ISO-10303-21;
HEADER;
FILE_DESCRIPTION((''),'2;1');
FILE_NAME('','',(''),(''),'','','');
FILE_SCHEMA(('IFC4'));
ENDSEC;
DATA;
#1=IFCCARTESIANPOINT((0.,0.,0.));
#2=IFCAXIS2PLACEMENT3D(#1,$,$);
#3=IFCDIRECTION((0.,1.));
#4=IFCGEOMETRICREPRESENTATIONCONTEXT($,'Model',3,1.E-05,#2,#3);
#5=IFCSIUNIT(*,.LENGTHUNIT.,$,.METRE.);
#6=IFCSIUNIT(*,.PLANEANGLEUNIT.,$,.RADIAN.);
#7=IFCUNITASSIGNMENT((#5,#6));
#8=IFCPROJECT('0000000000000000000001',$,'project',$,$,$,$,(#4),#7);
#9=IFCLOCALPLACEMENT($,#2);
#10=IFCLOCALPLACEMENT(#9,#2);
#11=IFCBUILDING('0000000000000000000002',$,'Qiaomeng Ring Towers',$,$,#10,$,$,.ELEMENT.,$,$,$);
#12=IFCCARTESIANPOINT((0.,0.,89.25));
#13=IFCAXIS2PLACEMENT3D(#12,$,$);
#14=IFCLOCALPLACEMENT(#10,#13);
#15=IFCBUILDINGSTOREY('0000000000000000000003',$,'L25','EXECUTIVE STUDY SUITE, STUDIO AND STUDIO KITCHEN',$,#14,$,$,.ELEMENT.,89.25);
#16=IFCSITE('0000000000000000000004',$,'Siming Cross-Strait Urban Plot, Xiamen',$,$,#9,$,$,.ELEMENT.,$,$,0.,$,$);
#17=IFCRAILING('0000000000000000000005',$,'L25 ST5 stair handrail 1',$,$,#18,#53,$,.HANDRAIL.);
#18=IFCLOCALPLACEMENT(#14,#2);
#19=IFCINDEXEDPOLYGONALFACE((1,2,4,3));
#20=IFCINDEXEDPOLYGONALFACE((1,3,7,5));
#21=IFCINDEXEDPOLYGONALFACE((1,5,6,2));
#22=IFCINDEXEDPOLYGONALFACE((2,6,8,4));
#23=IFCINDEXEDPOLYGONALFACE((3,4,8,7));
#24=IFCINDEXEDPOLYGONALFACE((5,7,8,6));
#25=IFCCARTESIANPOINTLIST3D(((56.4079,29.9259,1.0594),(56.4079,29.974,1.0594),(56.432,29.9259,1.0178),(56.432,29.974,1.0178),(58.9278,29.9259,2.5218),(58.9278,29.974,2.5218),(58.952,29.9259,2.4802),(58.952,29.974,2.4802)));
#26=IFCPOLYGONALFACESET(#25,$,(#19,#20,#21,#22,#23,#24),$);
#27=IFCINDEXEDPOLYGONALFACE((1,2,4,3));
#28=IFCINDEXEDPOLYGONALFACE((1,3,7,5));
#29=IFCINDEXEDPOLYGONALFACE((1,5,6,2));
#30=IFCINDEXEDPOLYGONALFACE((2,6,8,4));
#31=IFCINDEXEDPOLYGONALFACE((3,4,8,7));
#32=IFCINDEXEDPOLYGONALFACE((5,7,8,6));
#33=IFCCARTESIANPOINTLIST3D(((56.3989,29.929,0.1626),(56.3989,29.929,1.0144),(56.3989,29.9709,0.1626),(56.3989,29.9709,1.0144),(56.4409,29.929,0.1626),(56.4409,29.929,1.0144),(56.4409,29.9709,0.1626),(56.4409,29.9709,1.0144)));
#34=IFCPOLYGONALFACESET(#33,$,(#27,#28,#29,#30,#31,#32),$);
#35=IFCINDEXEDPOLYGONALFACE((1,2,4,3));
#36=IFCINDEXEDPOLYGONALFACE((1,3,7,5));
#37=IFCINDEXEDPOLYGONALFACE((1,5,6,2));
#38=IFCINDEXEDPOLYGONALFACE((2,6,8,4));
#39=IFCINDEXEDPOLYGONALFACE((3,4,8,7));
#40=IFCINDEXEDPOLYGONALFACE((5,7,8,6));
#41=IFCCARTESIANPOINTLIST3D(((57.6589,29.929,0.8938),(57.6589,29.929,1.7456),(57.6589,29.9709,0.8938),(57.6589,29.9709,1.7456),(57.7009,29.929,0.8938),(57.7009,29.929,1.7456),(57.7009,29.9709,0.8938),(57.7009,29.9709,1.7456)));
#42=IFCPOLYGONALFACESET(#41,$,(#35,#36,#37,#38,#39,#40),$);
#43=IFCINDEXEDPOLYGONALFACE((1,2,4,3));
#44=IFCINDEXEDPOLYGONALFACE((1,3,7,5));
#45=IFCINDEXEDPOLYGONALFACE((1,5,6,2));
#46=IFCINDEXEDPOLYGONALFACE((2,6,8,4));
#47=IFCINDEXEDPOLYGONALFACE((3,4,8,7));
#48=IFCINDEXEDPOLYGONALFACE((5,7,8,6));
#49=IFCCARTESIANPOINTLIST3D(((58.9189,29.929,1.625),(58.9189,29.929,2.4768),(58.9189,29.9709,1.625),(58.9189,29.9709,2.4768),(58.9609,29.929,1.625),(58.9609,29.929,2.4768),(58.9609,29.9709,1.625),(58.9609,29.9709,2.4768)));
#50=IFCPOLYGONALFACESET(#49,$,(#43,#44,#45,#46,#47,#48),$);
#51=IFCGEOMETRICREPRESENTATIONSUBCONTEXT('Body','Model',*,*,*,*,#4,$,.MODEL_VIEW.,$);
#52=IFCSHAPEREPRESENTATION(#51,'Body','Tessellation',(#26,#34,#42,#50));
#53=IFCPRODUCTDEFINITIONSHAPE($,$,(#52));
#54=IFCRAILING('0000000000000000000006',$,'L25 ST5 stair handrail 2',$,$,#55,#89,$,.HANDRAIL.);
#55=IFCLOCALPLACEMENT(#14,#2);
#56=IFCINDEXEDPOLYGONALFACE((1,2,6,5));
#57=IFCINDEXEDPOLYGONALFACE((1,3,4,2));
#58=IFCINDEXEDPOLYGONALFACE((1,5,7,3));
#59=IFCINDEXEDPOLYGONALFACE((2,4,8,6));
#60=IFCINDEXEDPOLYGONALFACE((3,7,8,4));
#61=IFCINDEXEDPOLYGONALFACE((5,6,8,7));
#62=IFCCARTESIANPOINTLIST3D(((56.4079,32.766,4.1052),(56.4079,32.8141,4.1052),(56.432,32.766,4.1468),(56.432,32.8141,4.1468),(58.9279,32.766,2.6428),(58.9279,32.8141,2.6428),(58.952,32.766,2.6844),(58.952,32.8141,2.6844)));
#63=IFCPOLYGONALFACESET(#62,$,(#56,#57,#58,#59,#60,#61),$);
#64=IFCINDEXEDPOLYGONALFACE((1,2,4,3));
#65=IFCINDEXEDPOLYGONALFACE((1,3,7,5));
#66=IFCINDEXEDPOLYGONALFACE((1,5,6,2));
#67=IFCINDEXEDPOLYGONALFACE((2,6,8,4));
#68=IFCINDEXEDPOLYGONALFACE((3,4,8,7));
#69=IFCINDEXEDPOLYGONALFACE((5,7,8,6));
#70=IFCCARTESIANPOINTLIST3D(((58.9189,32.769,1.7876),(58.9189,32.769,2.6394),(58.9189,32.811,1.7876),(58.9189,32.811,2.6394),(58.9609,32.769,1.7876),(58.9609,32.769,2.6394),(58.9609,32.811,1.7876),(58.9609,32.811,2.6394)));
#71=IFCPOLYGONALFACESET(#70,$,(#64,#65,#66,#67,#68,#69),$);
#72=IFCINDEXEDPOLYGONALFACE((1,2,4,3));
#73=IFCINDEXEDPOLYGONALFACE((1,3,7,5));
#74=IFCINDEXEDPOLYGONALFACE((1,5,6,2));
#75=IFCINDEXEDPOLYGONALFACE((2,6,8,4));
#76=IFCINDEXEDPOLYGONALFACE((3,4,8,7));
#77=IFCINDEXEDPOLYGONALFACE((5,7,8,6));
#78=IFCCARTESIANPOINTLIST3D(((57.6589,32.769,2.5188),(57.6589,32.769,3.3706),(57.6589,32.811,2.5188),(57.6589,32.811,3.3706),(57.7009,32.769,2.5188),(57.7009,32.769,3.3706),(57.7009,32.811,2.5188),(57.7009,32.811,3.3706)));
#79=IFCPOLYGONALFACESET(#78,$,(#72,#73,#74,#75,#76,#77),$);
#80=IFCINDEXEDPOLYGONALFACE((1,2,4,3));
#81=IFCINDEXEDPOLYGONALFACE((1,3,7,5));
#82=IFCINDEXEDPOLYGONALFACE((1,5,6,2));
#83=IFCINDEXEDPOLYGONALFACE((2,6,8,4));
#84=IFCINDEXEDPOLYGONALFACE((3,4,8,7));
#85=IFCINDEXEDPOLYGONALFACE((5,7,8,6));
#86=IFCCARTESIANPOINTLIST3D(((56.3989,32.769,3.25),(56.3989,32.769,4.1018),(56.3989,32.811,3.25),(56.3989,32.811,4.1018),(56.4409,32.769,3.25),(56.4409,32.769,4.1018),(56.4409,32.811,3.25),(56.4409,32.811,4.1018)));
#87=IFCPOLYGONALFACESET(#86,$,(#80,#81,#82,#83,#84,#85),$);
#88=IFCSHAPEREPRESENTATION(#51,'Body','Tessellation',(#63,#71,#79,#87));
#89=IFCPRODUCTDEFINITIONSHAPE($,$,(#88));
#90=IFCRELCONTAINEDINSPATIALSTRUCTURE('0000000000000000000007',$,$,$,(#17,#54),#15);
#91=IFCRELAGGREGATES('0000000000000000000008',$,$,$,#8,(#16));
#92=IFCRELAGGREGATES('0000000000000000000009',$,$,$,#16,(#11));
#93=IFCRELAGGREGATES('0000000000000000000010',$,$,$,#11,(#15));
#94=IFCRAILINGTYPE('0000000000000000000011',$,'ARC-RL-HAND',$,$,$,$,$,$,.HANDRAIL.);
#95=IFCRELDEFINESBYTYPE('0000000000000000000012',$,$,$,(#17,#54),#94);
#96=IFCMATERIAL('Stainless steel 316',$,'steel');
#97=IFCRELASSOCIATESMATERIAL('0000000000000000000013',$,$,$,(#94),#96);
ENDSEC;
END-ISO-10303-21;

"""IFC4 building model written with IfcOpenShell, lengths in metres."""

from ifc_helpers import new_model, si_unit, direction, frame, origin, origin_2d, place, context, subcontext, project, spatial, rectangle, extrude, material, type_object, element, save


model = new_model("IFC4")

# Units and contexts
model_context = context("Model", 3, precision=1e-05, world=origin(), true_north=direction((0.0, 1.0)))
body_context = subcontext(model_context, "Body", "Model", "MODEL_VIEW")
ifc_project = project(units=[si_unit("LENGTHUNIT", "METRE"), si_unit("PLANEANGLEUNIT", "RADIAN")], contexts=[model_context])

# Site, building, storey
site_placement = place(None, origin())
site = spatial("IfcSite", under=ifc_project, at=site_placement, Name="Siming Cross-Strait Urban Plot, Xiamen", CompositionType="ELEMENT", RefElevation=0.0)
building_placement = place(site_placement, origin())
building = spatial("IfcBuilding", under=site, at=building_placement, Name="Qiaomeng Ring Towers", CompositionType="ELEMENT")
storey_placement = place(building_placement, frame((0.0, 0.0, 89.25)))
storey = spatial("IfcBuildingStorey", under=building, at=storey_placement, Name="L25", Description="EXECUTIVE STUDY SUITE, STUDIO AND STUDIO KITCHEN", CompositionType="ELEMENT", Elevation=89.25)

# Railings
ifc_material_1 = material(Name="Stainless steel 316", Category="steel")
railing_type_1 = type_object("IfcRailingType", Name="ARC-RL-HAND", PredefinedType="HANDRAIL", material=ifc_material_1)
railing_1_placement = place(storey_placement, frame((56.4199, 29.95, 0.1626)))
element("IfcRailing", 1, at=railing_1_placement, inside=storey, type_object=railing_type_1, Name="L25 ST5 stair handrail 1", PredefinedType="HANDRAIL", context=body_context, shape_type="SweptSolid", body=[
    extrude(rectangle(XDim=0.0481, YDim=0.0481, at=origin_2d()), frame((0.0, 0.0, 0.876), z_axis=(0.864913, 0.0, 0.501921), x_axis=(0.0, 1.0, 0.0)), (0.0, 0.0, 1.0), 2.9136),
    extrude(rectangle(XDim=0.042, YDim=0.042, at=origin_2d()), origin(), (0.0, 0.0, 1.0), 0.8518),
    extrude(rectangle(XDim=0.042, YDim=0.042, at=origin_2d()), frame((1.26, 0.0, 0.7312)), (0.0, 0.0, 1.0), 0.8518),
    extrude(rectangle(XDim=0.042, YDim=0.042, at=origin_2d()), frame((2.52, 0.0, 1.4624)), (0.0, 0.0, 1.0), 0.8518),
])
railing_2_placement = place(storey_placement, frame((58.9399, 32.79, 1.7876)))
element("IfcRailing", 2, at=railing_2_placement, inside=storey, type_object=railing_type_1, Name="L25 ST5 stair handrail 2", PredefinedType="HANDRAIL", context=body_context, shape_type="SweptSolid", body=[
    extrude(rectangle(XDim=0.0481, YDim=0.0481, at=origin_2d()), frame((0.0, 0.0, 0.876), z_axis=(-0.864913, 0.0, 0.501921), x_axis=(0.0, -1.0, 0.0)), (0.0, 0.0, 1.0), 2.9136),
    extrude(rectangle(XDim=0.042, YDim=0.042, at=origin_2d()), origin(), (0.0, 0.0, 1.0), 0.8518),
    extrude(rectangle(XDim=0.042, YDim=0.042, at=origin_2d()), frame((-1.26, 0.0, 0.7312)), (0.0, 0.0, 1.0), 0.8518),
    extrude(rectangle(XDim=0.042, YDim=0.042, at=origin_2d()), frame((-2.52, 0.0, 1.4624)), (0.0, 0.0, 1.0), 0.8518),
])

save(model, "model.ifc")
